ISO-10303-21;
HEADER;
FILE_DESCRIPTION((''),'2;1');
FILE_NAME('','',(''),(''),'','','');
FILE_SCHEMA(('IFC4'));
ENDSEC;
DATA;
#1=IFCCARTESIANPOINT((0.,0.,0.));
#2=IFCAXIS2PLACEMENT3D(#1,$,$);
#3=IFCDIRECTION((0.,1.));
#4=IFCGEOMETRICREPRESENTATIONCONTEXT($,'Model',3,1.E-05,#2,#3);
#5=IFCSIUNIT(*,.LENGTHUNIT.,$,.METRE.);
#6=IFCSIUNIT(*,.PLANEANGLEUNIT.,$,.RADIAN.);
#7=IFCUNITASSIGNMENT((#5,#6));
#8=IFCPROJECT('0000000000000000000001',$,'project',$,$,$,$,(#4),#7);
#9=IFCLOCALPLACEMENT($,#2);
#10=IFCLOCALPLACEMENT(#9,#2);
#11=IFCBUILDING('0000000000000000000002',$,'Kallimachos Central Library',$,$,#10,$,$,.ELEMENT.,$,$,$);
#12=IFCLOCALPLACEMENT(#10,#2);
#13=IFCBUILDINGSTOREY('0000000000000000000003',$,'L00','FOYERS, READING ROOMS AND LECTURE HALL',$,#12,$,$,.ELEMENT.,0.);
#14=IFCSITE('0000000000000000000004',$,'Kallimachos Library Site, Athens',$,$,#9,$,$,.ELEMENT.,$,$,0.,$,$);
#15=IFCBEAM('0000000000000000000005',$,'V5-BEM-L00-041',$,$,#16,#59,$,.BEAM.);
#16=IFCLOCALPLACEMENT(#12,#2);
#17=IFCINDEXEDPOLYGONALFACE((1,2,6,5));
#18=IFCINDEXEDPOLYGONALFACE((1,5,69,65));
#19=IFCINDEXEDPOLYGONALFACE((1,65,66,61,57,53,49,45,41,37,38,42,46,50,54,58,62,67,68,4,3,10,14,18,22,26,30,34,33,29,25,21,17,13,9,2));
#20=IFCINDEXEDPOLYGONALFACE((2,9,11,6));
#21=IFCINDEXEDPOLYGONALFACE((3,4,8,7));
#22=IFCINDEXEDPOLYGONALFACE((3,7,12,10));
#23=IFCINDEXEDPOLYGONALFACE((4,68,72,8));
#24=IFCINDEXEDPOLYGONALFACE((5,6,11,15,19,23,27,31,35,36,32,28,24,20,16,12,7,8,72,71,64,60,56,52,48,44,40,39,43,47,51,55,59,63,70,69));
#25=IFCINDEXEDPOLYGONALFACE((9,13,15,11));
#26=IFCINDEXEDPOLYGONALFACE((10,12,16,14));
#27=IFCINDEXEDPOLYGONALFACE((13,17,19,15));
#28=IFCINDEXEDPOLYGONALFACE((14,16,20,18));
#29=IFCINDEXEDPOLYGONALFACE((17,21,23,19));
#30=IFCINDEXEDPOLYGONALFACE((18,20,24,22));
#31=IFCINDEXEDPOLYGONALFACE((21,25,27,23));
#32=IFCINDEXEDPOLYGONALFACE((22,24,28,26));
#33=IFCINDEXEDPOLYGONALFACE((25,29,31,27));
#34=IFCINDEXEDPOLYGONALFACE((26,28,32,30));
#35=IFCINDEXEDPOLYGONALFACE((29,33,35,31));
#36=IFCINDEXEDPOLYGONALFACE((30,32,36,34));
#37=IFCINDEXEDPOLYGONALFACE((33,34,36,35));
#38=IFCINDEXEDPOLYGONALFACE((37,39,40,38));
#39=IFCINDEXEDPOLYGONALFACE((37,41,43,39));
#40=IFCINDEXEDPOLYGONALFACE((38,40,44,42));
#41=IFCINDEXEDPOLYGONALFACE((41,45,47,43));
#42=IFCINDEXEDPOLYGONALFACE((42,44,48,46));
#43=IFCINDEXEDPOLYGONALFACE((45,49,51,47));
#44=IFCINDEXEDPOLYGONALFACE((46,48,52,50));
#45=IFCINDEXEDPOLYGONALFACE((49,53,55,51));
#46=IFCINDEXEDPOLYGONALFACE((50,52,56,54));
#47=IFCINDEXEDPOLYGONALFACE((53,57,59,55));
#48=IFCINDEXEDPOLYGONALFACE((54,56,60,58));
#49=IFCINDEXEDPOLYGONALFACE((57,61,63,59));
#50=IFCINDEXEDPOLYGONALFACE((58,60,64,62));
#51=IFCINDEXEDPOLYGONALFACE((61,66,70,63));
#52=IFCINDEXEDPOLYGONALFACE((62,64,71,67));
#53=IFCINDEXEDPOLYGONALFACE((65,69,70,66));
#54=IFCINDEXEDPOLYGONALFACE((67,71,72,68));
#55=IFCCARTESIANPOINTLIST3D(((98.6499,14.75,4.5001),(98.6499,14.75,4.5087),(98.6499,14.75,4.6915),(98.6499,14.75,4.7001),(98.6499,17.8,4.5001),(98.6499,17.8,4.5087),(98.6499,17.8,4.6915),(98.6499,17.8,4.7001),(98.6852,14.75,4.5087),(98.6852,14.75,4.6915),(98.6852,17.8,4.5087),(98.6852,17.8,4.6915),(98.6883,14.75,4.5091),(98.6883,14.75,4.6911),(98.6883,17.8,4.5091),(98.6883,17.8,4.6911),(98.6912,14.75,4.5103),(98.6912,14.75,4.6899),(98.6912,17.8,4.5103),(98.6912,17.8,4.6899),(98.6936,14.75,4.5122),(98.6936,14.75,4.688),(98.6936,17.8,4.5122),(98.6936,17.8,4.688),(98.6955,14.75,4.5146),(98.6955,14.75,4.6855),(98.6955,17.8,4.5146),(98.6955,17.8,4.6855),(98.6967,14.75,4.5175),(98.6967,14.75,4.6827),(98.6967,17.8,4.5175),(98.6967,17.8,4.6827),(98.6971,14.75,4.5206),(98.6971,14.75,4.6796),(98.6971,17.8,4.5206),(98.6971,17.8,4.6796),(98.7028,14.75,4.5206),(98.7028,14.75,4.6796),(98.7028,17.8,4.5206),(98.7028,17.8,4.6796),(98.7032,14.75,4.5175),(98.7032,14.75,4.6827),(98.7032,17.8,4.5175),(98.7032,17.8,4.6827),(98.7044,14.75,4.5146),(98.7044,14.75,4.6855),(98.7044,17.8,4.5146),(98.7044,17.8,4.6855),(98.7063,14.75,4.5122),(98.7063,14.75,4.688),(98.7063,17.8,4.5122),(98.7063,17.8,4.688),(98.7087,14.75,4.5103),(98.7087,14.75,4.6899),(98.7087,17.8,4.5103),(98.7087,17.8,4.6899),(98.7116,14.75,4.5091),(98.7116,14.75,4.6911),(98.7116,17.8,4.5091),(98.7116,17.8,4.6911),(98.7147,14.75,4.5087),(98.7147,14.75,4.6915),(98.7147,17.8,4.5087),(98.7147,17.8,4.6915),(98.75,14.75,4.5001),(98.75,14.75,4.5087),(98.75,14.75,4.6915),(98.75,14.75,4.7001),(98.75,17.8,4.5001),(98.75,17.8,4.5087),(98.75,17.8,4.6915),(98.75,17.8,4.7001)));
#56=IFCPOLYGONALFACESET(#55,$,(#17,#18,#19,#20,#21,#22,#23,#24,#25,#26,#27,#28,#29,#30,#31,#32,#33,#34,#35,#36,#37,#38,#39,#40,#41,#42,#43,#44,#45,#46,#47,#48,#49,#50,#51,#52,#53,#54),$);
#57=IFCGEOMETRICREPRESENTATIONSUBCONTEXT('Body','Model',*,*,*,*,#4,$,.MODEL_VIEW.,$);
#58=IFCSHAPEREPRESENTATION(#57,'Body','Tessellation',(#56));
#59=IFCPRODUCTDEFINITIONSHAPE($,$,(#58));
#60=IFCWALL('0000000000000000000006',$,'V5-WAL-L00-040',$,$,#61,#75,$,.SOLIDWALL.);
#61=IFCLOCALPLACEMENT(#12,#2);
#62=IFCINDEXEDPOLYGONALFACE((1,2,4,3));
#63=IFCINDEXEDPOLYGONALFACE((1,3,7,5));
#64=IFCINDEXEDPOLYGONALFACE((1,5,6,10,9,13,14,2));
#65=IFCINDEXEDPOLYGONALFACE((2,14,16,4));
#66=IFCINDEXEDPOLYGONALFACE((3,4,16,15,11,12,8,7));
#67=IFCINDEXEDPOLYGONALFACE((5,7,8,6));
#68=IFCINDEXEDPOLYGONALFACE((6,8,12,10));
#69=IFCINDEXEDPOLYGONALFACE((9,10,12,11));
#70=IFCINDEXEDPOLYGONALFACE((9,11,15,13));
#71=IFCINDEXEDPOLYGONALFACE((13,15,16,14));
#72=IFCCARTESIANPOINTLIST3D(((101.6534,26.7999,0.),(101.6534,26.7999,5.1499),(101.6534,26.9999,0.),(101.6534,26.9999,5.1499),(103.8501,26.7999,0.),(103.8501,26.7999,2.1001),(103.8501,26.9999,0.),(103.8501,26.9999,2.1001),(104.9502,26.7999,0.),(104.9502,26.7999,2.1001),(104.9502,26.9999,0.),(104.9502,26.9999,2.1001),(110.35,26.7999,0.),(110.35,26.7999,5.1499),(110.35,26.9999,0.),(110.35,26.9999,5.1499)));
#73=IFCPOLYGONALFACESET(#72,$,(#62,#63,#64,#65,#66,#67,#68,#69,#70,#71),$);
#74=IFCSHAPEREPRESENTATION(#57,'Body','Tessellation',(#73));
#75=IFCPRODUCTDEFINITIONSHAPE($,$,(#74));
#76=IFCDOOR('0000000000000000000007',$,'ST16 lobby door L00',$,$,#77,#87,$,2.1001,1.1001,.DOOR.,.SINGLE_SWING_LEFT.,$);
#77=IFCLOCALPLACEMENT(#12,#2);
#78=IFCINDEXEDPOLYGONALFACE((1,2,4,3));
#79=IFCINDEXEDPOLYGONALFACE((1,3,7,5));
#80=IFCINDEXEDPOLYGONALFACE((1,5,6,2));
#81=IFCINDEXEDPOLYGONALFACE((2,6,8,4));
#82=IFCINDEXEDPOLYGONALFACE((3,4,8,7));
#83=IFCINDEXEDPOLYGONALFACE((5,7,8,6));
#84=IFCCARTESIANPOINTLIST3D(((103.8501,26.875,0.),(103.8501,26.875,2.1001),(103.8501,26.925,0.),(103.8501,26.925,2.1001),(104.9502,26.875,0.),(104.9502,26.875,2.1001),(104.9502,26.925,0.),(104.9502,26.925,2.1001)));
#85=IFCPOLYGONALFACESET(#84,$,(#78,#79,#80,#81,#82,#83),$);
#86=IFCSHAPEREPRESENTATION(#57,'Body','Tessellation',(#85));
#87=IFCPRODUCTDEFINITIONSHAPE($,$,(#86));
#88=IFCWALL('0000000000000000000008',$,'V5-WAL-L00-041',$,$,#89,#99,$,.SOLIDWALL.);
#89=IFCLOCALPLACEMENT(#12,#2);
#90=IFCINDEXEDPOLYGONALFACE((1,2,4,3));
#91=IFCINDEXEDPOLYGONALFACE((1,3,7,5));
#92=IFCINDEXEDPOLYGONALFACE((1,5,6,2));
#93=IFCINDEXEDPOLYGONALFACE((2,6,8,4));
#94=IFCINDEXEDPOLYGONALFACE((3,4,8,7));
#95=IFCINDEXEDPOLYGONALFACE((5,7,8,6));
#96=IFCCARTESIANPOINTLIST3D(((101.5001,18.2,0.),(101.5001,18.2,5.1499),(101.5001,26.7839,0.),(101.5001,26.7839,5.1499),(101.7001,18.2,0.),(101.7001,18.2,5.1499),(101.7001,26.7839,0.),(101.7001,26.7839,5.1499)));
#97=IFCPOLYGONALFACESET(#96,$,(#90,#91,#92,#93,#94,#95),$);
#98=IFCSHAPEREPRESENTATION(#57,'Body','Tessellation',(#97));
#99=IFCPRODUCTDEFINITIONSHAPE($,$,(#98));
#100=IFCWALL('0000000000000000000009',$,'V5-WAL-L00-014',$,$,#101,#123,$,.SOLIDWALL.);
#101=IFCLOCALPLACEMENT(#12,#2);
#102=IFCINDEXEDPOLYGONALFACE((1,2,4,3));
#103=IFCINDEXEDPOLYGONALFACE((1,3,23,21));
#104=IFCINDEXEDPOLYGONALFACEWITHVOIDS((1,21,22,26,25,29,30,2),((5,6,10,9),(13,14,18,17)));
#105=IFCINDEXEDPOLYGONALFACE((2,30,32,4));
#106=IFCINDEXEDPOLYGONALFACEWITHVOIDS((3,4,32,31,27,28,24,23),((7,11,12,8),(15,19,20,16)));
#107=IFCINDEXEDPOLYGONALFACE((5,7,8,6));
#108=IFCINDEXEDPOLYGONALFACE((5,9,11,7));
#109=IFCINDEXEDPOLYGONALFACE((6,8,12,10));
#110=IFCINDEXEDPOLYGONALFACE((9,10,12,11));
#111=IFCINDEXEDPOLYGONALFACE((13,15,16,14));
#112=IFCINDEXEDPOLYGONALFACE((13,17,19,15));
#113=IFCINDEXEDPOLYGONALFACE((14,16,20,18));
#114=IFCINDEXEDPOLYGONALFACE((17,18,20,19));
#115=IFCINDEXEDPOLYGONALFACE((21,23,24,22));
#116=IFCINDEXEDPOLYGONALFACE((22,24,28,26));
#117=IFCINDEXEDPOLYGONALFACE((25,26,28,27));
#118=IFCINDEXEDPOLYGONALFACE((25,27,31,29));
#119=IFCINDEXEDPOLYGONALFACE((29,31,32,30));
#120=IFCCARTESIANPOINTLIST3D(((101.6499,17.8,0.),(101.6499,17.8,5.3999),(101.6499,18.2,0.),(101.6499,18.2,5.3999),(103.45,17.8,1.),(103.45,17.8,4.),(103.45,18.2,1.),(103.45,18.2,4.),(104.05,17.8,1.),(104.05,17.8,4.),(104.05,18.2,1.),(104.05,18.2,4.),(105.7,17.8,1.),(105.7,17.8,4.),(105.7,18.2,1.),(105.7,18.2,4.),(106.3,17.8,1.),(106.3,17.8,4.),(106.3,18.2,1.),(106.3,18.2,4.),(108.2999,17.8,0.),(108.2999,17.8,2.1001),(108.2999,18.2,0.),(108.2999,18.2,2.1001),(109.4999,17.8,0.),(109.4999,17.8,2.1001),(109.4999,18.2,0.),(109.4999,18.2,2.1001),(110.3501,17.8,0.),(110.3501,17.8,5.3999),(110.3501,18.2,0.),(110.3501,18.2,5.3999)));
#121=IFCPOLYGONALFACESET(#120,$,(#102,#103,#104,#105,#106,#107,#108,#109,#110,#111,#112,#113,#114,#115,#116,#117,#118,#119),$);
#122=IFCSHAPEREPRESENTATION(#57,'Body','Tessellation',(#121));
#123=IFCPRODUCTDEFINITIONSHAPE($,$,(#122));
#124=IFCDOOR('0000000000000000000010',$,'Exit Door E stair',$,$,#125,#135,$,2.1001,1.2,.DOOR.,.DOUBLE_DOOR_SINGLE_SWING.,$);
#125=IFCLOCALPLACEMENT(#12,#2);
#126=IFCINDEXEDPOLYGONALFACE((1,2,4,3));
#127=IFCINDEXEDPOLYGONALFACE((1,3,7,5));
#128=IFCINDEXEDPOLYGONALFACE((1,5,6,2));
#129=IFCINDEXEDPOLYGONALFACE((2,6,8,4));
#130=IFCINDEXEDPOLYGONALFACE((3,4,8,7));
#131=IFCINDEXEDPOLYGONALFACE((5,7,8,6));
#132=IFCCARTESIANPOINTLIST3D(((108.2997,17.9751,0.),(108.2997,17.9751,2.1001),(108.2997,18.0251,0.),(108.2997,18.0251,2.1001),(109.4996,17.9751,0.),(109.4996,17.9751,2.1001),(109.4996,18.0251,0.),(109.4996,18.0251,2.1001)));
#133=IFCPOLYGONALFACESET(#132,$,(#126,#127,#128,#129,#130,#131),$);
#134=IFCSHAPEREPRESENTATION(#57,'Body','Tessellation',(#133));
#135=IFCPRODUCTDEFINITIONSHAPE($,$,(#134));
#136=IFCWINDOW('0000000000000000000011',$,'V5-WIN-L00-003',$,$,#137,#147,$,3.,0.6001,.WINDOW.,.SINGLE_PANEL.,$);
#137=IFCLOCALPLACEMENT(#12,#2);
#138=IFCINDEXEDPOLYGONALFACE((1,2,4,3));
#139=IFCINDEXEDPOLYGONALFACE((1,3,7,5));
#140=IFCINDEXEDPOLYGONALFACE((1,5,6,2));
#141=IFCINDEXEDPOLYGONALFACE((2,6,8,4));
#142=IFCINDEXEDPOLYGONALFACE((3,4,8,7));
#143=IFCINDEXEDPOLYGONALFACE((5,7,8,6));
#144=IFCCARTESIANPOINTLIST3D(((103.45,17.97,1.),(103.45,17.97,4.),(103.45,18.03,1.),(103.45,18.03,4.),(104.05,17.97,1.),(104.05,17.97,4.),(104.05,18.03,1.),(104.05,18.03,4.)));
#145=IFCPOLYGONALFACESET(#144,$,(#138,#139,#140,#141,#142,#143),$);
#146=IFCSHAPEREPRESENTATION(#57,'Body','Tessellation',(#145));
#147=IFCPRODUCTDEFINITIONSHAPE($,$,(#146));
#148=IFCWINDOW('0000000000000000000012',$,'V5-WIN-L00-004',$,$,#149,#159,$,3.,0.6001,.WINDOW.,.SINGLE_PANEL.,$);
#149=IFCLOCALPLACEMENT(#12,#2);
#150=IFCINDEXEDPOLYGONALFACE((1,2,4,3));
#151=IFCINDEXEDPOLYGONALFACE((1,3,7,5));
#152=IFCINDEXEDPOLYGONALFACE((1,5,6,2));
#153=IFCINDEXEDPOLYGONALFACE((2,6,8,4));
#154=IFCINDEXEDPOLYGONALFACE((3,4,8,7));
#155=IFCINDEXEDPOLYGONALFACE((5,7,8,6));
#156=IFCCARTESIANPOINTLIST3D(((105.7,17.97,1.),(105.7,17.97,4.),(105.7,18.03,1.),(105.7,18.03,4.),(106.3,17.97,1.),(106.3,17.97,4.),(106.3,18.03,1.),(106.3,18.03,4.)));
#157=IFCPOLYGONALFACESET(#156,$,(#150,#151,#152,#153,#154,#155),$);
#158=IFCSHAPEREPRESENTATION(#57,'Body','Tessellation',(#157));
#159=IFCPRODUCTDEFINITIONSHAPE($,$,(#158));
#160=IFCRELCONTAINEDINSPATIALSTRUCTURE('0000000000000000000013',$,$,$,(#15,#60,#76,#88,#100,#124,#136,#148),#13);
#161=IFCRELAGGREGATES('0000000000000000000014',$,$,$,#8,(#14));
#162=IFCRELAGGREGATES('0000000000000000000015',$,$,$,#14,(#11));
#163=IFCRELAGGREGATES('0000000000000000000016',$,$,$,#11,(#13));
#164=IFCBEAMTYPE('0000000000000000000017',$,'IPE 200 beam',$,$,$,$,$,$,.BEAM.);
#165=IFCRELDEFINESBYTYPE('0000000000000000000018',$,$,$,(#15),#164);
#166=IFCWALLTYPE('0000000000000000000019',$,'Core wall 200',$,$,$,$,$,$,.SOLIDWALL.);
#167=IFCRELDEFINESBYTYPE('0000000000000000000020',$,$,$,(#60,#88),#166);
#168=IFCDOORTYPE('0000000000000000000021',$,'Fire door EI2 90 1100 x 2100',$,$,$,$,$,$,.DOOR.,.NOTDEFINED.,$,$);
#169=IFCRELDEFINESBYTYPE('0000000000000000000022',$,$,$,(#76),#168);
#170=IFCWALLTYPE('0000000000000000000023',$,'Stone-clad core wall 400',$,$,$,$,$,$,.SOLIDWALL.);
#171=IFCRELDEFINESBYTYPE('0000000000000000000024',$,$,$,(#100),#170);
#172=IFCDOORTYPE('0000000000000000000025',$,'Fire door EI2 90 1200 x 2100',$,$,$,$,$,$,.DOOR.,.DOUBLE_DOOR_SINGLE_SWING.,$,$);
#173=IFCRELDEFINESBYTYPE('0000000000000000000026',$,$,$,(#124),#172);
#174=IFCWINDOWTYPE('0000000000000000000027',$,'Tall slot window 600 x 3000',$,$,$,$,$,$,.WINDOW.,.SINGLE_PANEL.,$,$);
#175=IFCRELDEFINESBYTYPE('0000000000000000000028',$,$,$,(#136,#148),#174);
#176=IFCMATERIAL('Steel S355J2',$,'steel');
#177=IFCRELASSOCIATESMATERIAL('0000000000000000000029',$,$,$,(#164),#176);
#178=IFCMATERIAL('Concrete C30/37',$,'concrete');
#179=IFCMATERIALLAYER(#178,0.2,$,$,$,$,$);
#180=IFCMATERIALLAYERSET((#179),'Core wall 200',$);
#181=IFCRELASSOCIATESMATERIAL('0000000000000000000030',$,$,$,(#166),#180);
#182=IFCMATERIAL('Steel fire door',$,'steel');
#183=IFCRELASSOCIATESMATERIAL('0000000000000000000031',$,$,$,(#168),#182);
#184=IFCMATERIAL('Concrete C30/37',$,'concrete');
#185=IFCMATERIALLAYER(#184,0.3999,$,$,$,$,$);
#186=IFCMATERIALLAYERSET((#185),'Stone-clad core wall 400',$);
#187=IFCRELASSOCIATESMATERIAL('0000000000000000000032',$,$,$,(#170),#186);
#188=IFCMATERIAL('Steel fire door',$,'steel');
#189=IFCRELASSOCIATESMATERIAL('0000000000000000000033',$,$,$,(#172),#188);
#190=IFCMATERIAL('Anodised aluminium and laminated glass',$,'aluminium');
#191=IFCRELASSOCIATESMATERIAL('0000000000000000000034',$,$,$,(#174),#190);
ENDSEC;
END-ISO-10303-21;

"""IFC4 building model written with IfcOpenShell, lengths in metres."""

from ifc_helpers import new_model, si_unit, direction, frame, frame_2d, origin, origin_2d, place, context, subcontext, project, spatial, rectangle, i_section, extrude, material, layer, layer_set, material_profile, profile_set, type_object, element, fill, save


model = new_model("IFC4")

# Units and contexts
model_context = context("Model", 3, precision=1e-05, world=origin(), true_north=direction((0.0, 1.0)))
body_context = subcontext(model_context, "Body", "Model", "MODEL_VIEW")
ifc_project = project(units=[si_unit("LENGTHUNIT", "METRE"), si_unit("PLANEANGLEUNIT", "RADIAN")], contexts=[model_context])

# Site, building, storey
site_placement = place(None, origin())
site = spatial("IfcSite", under=ifc_project, at=site_placement, Name="Kallimachos Library Site, Athens", CompositionType="ELEMENT", RefElevation=0.0)
building_placement = place(site_placement, origin())
building = spatial("IfcBuilding", under=site, at=building_placement, Name="Kallimachos Central Library", CompositionType="ELEMENT")
storey_placement = place(building_placement, origin())
storey = spatial("IfcBuildingStorey", under=building, at=storey_placement, Name="L00", Description="FOYERS, READING ROOMS AND LECTURE HALL", CompositionType="ELEMENT", Elevation=0.0)

# Beam
ifc_material_1 = material(Name="Steel S355J2", Category="steel")
ifc_material_profile_1 = material_profile(ifc_material_1, i_section(OverallWidth=0.1001, OverallDepth=0.2, WebThickness=0.0056, FlangeThickness=0.0085, FilletRadius=0.012, at=origin_2d()), Name="IPE 200")
ifc_profile_set_1 = profile_set([ifc_material_profile_1], Name="Steel S355J2")
beam_type_1 = type_object("IfcBeamType", Name="IPE 200 beam", PredefinedType="BEAM", material=ifc_profile_set_1)
beam_1_placement = place(storey_placement, frame((98.7, 14.75, 4.6001), z_axis=(0.0, 1.0, 0.0), x_axis=(-1.0, 0.0, 0.0)))
element("IfcBeam", 1, at=beam_1_placement, inside=storey, type_object=beam_type_1, Name="V5-BEM-L00-041", PredefinedType="BEAM", context=body_context, shape_type="SweptSolid", body=[
    extrude(i_section(OverallWidth=0.1001, OverallDepth=0.2, WebThickness=0.0056, FlangeThickness=0.0085, FilletRadius=0.012, at=origin_2d()), origin(), (0.0, 0.0, 1.0), 3.05),
])

# Wall, opening, door
ifc_material_2 = material(Name="Concrete C30/37", Category="concrete")
ifc_layer_1 = layer(ifc_material_2, 0.2)
ifc_layer_set_1 = layer_set([ifc_layer_1], Name="Core wall 200")
wall_type_1 = type_object("IfcWallType", Name="Core wall 200", PredefinedType="SOLIDWALL", material=ifc_layer_set_1)
wall_1_placement = place(storey_placement, frame((101.6536, 26.8999, 0.0), z_axis=(0.0, 0.0, 1.0), x_axis=(1.0, 0.0, 0.0)))
wall_1 = element("IfcWall", 2, at=wall_1_placement, inside=storey, type_object=wall_type_1, Name="V5-WAL-L00-040", PredefinedType="SOLIDWALL", context=body_context, shape_type="SweptSolid", body=[
    extrude(rectangle(XDim=8.6965, YDim=0.2, at=frame_2d((4.3481, 0.0))), origin(), (0.0, 0.0, 1.0), 5.1499),
])
opening_1_placement = place(wall_1_placement, frame((2.1965, 0.0, 0.0)))
opening_1 = element("IfcOpeningElement", 3, at=opening_1_placement, cuts=wall_1, PredefinedType="OPENING", context=body_context, shape_type="SweptSolid", body=[
    extrude(rectangle(XDim=1.1001, YDim=2.1001, at=frame_2d((0.55, 1.05))), frame((0.0, 0.1099, 0.0), z_axis=(0.0, -1.0, 0.0), x_axis=(1.0, 0.0, 0.0)), (0.0, 0.0, 1.0), 0.22),
])
ifc_material_3 = material(Name="Steel fire door", Category="steel")
door_type_1 = type_object("IfcDoorType", Name="Fire door EI2 90 1100 x 2100", OperationType="NOTDEFINED", PredefinedType="DOOR", material=ifc_material_3)
door_1_placement = place(opening_1_placement, frame((1.1001, 0.0, 0.0), z_axis=(0.0, 0.0, 1.0), x_axis=(-1.0, 0.0, 0.0)))
door_1 = element("IfcDoor", 4, at=door_1_placement, inside=storey, type_object=door_type_1, Name="ST16 lobby door L00", OperationType="SINGLE_SWING_LEFT", OverallHeight=2.1001, OverallWidth=1.1001, PredefinedType="DOOR", context=body_context, shape_type="SweptSolid", body=[
    extrude(rectangle(XDim=1.1001, YDim=2.1001, at=frame_2d((0.55, 1.05))), frame((0.0, 0.0249, 0.0), z_axis=(0.0, -1.0, 0.0), x_axis=(1.0, 0.0, 0.0)), (0.0, 0.0, 1.0), 0.05),
])
fill(opening_1, door_1)

# Wall
wall_2_placement = place(storey_placement, frame((101.6001, 18.2, 0.0), z_axis=(0.0, 0.0, 1.0), x_axis=(0.0, 1.0, 0.0)))
element("IfcWall", 5, at=wall_2_placement, inside=storey, type_object=wall_type_1, Name="V5-WAL-L00-041", PredefinedType="SOLIDWALL", context=body_context, shape_type="SweptSolid", body=[
    extrude(rectangle(XDim=8.584, YDim=0.2, at=frame_2d((4.292, 0.0))), origin(), (0.0, 0.0, 1.0), 5.1499),
])

# Wall, openings, door, windows
ifc_material_4 = material(Name="Concrete C30/37", Category="concrete")
ifc_layer_2 = layer(ifc_material_4, 0.3999)
ifc_layer_set_2 = layer_set([ifc_layer_2], Name="Stone-clad core wall 400")
wall_type_2 = type_object("IfcWallType", Name="Stone-clad core wall 400", PredefinedType="SOLIDWALL", material=ifc_layer_set_2)
wall_3_placement = place(storey_placement, frame((101.6499, 18.0, 0.0), z_axis=(0.0, 0.0, 1.0), x_axis=(1.0, 0.0, 0.0)))
wall_3 = element("IfcWall", 6, at=wall_3_placement, inside=storey, type_object=wall_type_2, Name="V5-WAL-L00-014", PredefinedType="SOLIDWALL", context=body_context, shape_type="SweptSolid", body=[
    extrude(rectangle(XDim=8.7002, YDim=0.3999, at=frame_2d((4.3501, 0.0))), origin(), (0.0, 0.0, 1.0), 5.3999),
])
opening_2_placement = place(wall_3_placement, frame((6.6499, 0.0, 0.0)))
opening_2 = element("IfcOpeningElement", 7, at=opening_2_placement, cuts=wall_3, PredefinedType="OPENING", context=body_context, shape_type="SweptSolid", body=[
    extrude(rectangle(XDim=1.2, YDim=2.1001, at=frame_2d((0.6001, 1.05))), frame((0.0, 0.21, 0.0), z_axis=(0.0, -1.0, 0.0), x_axis=(1.0, 0.0, 0.0)), (0.0, 0.0, 1.0), 0.4199),
])
opening_3_placement = place(wall_3_placement, frame((1.8, 0.0, 1.0)))
opening_3 = element("IfcOpeningElement", 8, at=opening_3_placement, cuts=wall_3, PredefinedType="OPENING", context=body_context, shape_type="SweptSolid", body=[
    extrude(rectangle(XDim=0.6001, YDim=3.0, at=frame_2d((0.3, 1.5))), frame((0.0, 0.21, 0.0), z_axis=(0.0, -1.0, 0.0), x_axis=(1.0, 0.0, 0.0)), (0.0, 0.0, 1.0), 0.4199),
])
opening_4_placement = place(wall_3_placement, frame((4.05, 0.0, 1.0)))
opening_4 = element("IfcOpeningElement", 9, at=opening_4_placement, cuts=wall_3, PredefinedType="OPENING", context=body_context, shape_type="SweptSolid", body=[
    extrude(rectangle(XDim=0.6001, YDim=3.0, at=frame_2d((0.3, 1.5))), frame((0.0, 0.21, 0.0), z_axis=(0.0, -1.0, 0.0), x_axis=(1.0, 0.0, 0.0)), (0.0, 0.0, 1.0), 0.4199),
])
ifc_material_5 = material(Name="Steel fire door", Category="steel")
door_type_2 = type_object("IfcDoorType", Name="Fire door EI2 90 1200 x 2100", OperationType="DOUBLE_DOOR_SINGLE_SWING", PredefinedType="DOOR", material=ifc_material_5)
door_2_placement = place(opening_2_placement, frame((1.2, 0.0, 0.0), z_axis=(0.0, 0.0, 1.0), x_axis=(-1.0, 0.0, 0.0)))
door_2 = element("IfcDoor", 10, at=door_2_placement, inside=storey, type_object=door_type_2, Name="Exit Door E stair", OperationType="DOUBLE_DOOR_SINGLE_SWING", OverallHeight=2.1001, OverallWidth=1.2, PredefinedType="DOOR", context=body_context, shape_type="SweptSolid", body=[
    extrude(rectangle(XDim=1.2, YDim=2.1001, at=frame_2d((0.6001, 1.05))), frame((0.0, 0.0249, 0.0), z_axis=(0.0, -1.0, 0.0), x_axis=(1.0, 0.0, 0.0)), (0.0, 0.0, 1.0), 0.05),
])
fill(opening_2, door_2)
ifc_material_6 = material(Name="Anodised aluminium and laminated glass", Category="aluminium")
window_type = type_object("IfcWindowType", Name="Tall slot window 600 x 3000", PartitioningType="SINGLE_PANEL", PredefinedType="WINDOW", material=ifc_material_6)
window_1_placement = place(opening_3_placement, origin())
window_1 = element("IfcWindow", 11, at=window_1_placement, inside=storey, type_object=window_type, Name="V5-WIN-L00-003", OverallHeight=3.0, OverallWidth=0.6001, PartitioningType="SINGLE_PANEL", PredefinedType="WINDOW", context=body_context, shape_type="SweptSolid", body=[
    extrude(rectangle(XDim=0.6001, YDim=3.0, at=frame_2d((0.3, 1.5))), frame((0.0, 0.03, 0.0), z_axis=(0.0, -1.0, 0.0), x_axis=(1.0, 0.0, 0.0)), (0.0, 0.0, 1.0), 0.0601),
])
fill(opening_3, window_1)
window_2_placement = place(opening_4_placement, origin())
window_2 = element("IfcWindow", 12, at=window_2_placement, inside=storey, type_object=window_type, Name="V5-WIN-L00-004", OverallHeight=3.0, OverallWidth=0.6001, PartitioningType="SINGLE_PANEL", PredefinedType="WINDOW", context=body_context, shape_type="SweptSolid", body=[
    extrude(rectangle(XDim=0.6001, YDim=3.0, at=frame_2d((0.3, 1.5))), frame((0.0, 0.03, 0.0), z_axis=(0.0, -1.0, 0.0), x_axis=(1.0, 0.0, 0.0)), (0.0, 0.0, 1.0), 0.0601),
])
fill(opening_4, window_2)

save(model, "model.ifc")
